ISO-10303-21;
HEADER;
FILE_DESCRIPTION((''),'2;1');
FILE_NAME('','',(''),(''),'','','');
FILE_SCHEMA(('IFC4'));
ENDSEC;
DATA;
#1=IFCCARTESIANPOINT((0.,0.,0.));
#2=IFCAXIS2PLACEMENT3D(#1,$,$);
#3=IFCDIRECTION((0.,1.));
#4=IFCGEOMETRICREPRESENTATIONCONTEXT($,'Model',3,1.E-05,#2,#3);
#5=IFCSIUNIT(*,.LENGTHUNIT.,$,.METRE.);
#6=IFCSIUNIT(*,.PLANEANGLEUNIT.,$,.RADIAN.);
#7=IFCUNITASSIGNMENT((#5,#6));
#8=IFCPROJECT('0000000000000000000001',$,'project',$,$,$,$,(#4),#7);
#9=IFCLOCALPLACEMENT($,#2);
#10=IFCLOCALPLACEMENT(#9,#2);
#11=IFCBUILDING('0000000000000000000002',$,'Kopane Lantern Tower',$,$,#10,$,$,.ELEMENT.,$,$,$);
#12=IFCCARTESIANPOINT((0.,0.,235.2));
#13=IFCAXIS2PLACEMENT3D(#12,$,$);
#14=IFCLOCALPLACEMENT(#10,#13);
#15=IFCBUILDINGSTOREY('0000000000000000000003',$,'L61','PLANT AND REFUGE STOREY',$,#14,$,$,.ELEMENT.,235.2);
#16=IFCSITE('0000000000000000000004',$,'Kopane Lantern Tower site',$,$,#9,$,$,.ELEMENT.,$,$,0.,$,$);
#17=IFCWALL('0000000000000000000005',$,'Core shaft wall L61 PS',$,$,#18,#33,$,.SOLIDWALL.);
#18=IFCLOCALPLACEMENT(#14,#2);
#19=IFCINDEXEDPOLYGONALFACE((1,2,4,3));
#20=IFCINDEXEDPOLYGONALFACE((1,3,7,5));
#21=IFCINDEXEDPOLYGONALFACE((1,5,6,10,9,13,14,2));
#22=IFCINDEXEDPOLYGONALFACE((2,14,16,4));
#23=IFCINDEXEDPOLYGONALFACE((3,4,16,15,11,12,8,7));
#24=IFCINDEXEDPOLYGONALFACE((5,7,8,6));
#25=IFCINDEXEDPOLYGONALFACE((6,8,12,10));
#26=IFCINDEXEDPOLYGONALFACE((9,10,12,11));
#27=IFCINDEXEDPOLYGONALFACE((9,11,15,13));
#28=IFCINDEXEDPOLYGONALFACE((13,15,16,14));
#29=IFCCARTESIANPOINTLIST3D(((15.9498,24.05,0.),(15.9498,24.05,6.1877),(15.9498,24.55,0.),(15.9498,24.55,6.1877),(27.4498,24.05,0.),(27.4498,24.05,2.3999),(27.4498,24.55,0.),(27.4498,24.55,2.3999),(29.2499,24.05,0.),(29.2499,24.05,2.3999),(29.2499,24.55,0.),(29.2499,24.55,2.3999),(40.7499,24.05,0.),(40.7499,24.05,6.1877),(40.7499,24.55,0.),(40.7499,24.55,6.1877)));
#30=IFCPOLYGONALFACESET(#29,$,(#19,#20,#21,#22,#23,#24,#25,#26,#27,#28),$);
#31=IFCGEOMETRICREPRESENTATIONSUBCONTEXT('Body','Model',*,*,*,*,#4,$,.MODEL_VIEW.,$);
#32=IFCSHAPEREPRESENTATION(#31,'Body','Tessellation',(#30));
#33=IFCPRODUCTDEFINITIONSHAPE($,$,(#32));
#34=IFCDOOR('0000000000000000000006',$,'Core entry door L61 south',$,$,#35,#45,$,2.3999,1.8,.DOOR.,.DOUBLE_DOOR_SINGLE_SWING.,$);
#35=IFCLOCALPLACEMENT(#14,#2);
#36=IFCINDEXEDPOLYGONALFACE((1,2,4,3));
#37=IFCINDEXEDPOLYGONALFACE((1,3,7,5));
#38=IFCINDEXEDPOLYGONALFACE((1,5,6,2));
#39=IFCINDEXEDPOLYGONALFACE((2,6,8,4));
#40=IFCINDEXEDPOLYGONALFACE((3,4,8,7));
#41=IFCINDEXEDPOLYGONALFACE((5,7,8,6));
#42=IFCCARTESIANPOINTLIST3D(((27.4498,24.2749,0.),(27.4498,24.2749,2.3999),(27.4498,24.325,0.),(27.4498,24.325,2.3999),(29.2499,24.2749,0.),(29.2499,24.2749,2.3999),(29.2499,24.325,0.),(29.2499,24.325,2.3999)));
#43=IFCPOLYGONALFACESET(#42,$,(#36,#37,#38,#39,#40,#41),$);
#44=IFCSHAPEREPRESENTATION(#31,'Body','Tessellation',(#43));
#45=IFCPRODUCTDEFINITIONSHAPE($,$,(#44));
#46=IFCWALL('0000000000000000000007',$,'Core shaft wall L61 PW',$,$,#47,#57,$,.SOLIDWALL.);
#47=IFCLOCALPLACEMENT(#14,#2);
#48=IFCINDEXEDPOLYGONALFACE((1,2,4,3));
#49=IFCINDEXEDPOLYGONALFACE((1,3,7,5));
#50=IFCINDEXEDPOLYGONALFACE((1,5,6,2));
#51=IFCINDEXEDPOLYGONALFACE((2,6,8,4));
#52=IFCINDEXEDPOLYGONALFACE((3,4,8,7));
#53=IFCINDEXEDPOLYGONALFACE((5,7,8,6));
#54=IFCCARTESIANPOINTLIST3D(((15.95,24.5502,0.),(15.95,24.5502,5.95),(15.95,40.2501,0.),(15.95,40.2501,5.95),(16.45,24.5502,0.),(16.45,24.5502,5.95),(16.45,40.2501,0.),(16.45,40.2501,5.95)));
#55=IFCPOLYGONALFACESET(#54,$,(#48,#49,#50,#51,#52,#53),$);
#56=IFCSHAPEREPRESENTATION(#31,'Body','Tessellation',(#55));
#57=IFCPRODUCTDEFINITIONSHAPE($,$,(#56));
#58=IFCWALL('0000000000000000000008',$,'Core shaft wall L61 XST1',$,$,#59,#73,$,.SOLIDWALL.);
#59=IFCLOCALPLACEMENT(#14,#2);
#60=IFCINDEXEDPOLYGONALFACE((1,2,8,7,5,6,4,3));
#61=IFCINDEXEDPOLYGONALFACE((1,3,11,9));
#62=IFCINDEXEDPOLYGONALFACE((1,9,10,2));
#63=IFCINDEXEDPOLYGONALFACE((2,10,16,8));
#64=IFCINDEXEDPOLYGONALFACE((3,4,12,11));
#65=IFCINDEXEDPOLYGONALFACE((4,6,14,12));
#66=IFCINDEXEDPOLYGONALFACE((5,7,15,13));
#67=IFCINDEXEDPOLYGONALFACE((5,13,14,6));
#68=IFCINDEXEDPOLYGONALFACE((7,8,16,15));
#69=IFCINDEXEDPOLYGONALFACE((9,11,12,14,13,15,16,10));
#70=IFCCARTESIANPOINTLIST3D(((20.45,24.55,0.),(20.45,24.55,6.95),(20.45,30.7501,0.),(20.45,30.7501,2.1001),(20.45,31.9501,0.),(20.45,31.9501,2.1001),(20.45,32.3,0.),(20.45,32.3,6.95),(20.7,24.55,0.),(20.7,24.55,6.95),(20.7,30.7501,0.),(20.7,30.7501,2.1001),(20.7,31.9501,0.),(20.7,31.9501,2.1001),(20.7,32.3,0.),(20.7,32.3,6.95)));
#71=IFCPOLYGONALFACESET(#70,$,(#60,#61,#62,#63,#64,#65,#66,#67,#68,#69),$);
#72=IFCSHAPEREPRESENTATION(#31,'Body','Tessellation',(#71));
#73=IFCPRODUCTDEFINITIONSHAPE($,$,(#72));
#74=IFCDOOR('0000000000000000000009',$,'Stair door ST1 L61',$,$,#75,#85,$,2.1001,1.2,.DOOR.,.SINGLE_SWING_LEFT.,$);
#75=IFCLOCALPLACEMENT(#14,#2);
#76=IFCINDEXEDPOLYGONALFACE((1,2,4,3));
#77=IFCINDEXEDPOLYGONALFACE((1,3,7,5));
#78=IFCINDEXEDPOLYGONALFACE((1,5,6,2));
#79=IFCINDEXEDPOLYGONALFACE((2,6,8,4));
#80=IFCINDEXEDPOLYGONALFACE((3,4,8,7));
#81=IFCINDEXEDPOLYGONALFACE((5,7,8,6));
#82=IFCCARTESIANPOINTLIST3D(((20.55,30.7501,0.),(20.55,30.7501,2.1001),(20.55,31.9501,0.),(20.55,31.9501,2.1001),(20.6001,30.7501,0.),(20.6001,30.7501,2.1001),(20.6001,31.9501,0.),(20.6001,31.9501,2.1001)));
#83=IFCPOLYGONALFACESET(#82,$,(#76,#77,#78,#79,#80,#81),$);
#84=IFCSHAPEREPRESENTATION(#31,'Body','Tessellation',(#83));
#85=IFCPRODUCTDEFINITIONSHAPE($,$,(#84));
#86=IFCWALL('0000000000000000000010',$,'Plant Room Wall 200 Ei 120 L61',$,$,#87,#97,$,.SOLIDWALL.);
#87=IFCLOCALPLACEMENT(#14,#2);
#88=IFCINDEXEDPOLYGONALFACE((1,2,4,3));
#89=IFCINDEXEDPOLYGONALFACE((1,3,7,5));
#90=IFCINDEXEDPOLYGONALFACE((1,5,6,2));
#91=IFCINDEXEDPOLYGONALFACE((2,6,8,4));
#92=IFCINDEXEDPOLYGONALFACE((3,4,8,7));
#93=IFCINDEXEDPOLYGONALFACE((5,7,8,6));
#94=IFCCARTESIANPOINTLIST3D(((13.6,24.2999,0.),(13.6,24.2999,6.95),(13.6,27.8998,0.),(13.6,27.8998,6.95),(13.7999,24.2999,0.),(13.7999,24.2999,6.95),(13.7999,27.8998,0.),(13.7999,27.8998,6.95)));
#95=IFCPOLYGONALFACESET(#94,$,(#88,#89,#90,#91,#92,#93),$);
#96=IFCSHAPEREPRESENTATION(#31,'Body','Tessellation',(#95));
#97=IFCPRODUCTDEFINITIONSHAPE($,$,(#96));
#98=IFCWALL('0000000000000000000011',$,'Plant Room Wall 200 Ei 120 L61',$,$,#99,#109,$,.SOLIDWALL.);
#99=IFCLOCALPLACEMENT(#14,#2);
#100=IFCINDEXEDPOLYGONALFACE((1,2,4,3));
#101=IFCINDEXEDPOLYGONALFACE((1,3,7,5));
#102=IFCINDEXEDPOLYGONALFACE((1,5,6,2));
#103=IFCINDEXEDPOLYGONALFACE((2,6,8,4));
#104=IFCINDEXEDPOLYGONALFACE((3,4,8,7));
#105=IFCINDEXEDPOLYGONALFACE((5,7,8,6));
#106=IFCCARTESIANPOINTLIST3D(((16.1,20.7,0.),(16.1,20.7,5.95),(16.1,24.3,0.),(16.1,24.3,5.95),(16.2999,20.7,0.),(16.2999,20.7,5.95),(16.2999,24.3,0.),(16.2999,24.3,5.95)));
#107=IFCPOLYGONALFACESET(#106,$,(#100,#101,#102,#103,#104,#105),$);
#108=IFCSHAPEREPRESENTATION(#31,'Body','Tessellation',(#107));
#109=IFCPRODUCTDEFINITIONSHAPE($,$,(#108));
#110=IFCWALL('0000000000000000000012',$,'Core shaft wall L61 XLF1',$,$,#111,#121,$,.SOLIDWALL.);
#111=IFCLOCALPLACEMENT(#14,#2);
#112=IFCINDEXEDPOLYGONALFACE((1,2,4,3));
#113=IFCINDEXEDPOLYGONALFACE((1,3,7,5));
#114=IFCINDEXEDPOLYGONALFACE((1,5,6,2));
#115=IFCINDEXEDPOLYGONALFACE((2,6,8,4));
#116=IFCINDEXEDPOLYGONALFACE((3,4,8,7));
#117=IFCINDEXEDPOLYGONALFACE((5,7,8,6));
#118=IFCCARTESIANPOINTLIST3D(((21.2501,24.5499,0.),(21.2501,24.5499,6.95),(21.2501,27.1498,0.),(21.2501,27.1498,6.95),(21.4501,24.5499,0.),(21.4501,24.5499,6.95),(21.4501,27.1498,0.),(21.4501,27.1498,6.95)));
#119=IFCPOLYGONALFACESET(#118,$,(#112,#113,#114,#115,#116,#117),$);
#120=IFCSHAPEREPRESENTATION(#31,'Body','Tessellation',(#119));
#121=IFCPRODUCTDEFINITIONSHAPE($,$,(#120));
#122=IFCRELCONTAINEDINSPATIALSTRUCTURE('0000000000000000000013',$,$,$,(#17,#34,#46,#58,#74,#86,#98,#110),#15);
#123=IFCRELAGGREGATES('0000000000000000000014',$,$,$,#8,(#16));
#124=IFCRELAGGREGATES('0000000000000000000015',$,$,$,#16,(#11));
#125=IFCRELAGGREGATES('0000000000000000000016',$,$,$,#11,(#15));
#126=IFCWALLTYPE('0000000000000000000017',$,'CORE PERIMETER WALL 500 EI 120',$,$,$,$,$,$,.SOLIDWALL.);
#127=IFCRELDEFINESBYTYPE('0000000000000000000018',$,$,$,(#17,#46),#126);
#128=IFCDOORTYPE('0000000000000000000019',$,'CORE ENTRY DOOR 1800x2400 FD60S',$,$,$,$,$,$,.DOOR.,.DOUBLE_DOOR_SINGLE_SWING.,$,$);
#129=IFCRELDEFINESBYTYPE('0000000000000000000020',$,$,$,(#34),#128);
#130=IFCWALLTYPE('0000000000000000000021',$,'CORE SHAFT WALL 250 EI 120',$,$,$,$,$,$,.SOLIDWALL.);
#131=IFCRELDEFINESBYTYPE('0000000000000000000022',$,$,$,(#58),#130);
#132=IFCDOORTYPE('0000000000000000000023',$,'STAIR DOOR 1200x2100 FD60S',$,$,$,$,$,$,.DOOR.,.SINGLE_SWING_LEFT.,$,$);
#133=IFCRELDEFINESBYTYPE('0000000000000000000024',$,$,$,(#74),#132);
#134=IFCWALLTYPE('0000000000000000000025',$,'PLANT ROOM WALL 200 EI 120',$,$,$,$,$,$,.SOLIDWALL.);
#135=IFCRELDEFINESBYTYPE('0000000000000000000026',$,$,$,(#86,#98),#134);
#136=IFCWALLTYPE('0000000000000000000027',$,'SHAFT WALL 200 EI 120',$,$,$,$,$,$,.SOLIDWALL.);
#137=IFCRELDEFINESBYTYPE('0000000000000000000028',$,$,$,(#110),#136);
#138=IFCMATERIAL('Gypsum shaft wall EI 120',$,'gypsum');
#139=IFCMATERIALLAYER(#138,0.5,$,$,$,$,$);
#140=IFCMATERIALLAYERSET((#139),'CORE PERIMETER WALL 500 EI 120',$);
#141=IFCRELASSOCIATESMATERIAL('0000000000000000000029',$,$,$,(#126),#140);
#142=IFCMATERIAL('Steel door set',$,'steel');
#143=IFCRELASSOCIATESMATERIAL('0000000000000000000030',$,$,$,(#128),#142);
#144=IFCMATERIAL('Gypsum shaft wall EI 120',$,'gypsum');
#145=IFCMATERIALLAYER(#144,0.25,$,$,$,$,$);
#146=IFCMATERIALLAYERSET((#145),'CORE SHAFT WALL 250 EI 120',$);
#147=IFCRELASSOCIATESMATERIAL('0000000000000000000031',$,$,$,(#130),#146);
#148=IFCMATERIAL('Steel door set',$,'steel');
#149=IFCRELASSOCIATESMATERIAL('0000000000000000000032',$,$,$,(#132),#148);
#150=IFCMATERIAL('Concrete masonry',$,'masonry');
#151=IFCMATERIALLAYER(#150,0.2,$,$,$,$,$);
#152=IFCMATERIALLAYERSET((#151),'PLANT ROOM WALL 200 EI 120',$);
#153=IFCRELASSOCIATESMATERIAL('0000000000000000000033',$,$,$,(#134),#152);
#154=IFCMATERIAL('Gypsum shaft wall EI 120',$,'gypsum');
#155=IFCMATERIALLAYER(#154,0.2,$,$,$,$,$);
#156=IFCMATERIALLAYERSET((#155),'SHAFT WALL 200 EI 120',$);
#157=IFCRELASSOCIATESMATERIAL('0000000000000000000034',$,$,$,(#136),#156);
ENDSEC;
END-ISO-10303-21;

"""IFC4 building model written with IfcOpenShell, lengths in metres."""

from ifc_helpers import new_model, si_unit, direction, frame, frame_2d, origin, place, context, subcontext, project, spatial, rectangle, extrude, material, layer, layer_set, type_object, element, fill, save


model = new_model("IFC4")

# Units and contexts
model_context = context("Model", 3, precision=1e-05, world=origin(), true_north=direction((0.0, 1.0)))
body_context = subcontext(model_context, "Body", "Model", "MODEL_VIEW")
ifc_project = project(units=[si_unit("LENGTHUNIT", "METRE"), si_unit("PLANEANGLEUNIT", "RADIAN")], contexts=[model_context])

# Site, building, storey
site_placement = place(None, origin())
site = spatial("IfcSite", under=ifc_project, at=site_placement, Name="Kopane Lantern Tower site", CompositionType="ELEMENT", RefElevation=0.0)
building_placement = place(site_placement, origin())
building = spatial("IfcBuilding", under=site, at=building_placement, Name="Kopane Lantern Tower", CompositionType="ELEMENT")
storey_placement = place(building_placement, frame((0.0, 0.0, 235.2)))
storey = spatial("IfcBuildingStorey", under=building, at=storey_placement, Name="L61", Description="PLANT AND REFUGE STOREY", CompositionType="ELEMENT", Elevation=235.2)

# Wall, opening, door
ifc_material_1 = material(Name="Gypsum shaft wall EI 120", Category="gypsum")
ifc_layer_1 = layer(ifc_material_1, 0.5)
ifc_layer_set_1 = layer_set([ifc_layer_1], Name="CORE PERIMETER WALL 500 EI 120")
wall_type_1 = type_object("IfcWallType", Name="CORE PERIMETER WALL 500 EI 120", PredefinedType="SOLIDWALL", material=ifc_layer_set_1)
wall_1_placement = place(storey_placement, frame((15.95, 24.3, 0.0), z_axis=(0.0, 0.0, 1.0), x_axis=(1.0, 0.0, 0.0)))
wall_1 = element("IfcWall", 1, at=wall_1_placement, inside=storey, type_object=wall_type_1, Name="Core shaft wall L61 PS", PredefinedType="SOLIDWALL", context=body_context, shape_type="SweptSolid", body=[
    extrude(rectangle(XDim=24.8, YDim=0.5, at=frame_2d((12.3999, 0.0))), origin(), (0.0, 0.0, 1.0), 6.1877),
])
opening_1_placement = place(wall_1_placement, frame((11.5, 0.0, 0.0)))
opening_1 = element("IfcOpeningElement", 2, at=opening_1_placement, cuts=wall_1, PredefinedType="OPENING", context=body_context, shape_type="SweptSolid", body=[
    extrude(rectangle(XDim=1.8, YDim=2.3999, at=frame_2d((0.8999, 1.2))), frame((0.0, 0.26, 0.0), z_axis=(0.0, -1.0, 0.0), x_axis=(1.0, 0.0, 0.0)), (0.0, 0.0, 1.0), 0.52),
])
ifc_material_2 = material(Name="Steel door set", Category="steel")
door_type_1 = type_object("IfcDoorType", Name="CORE ENTRY DOOR 1800x2400 FD60S", OperationType="DOUBLE_DOOR_SINGLE_SWING", PredefinedType="DOOR", material=ifc_material_2)
door_1_placement = place(opening_1_placement, origin())
door_1 = element("IfcDoor", 3, at=door_1_placement, inside=storey, type_object=door_type_1, Name="Core entry door L61 south", OperationType="DOUBLE_DOOR_SINGLE_SWING", OverallHeight=2.3999, OverallWidth=1.8, PredefinedType="DOOR", context=body_context, shape_type="SweptSolid", body=[
    extrude(rectangle(XDim=1.8, YDim=2.3999, at=frame_2d((0.8999, 1.2))), frame((0.0, 0.0249, 0.0), z_axis=(0.0, -1.0, 0.0), x_axis=(1.0, 0.0, 0.0)), (0.0, 0.0, 1.0), 0.05),
])
fill(opening_1, door_1)

# Wall
wall_2_placement = place(storey_placement, frame((16.2, 24.55, 0.0), z_axis=(0.0, 0.0, 1.0), x_axis=(0.0, 1.0, 0.0)))
element("IfcWall", 4, at=wall_2_placement, inside=storey, type_object=wall_type_1, Name="Core shaft wall L61 PW", PredefinedType="SOLIDWALL", context=body_context, shape_type="SweptSolid", body=[
    extrude(rectangle(XDim=15.7, YDim=0.5, at=frame_2d((7.8501, 0.0))), origin(), (0.0, 0.0, 1.0), 5.95),
])

# Wall, opening, door
ifc_material_3 = material(Name="Gypsum shaft wall EI 120", Category="gypsum")
ifc_layer_2 = layer(ifc_material_3, 0.25)
ifc_layer_set_2 = layer_set([ifc_layer_2], Name="CORE SHAFT WALL 250 EI 120")
wall_type_2 = type_object("IfcWallType", Name="CORE SHAFT WALL 250 EI 120", PredefinedType="SOLIDWALL", material=ifc_layer_set_2)
wall_3_placement = place(storey_placement, frame((20.575, 24.55, 0.0), z_axis=(0.0, 0.0, 1.0), x_axis=(0.0, 1.0, 0.0)))
wall_3 = element("IfcWall", 5, at=wall_3_placement, inside=storey, type_object=wall_type_2, Name="Core shaft wall L61 XST1", PredefinedType="SOLIDWALL", context=body_context, shape_type="SweptSolid", body=[
    extrude(rectangle(XDim=7.75, YDim=0.25, at=frame_2d((3.875, 0.0))), origin(), (0.0, 0.0, 1.0), 6.95),
])
opening_2_placement = place(wall_3_placement, frame((6.2, 0.0, 0.0)))
opening_2 = element("IfcOpeningElement", 6, at=opening_2_placement, cuts=wall_3, PredefinedType="OPENING", context=body_context, shape_type="SweptSolid", body=[
    extrude(rectangle(XDim=1.2, YDim=2.1001, at=frame_2d((0.6001, 1.05))), frame((0.0, 0.135, 0.0), z_axis=(0.0, -1.0, 0.0), x_axis=(1.0, 0.0, 0.0)), (0.0, 0.0, 1.0), 0.27),
])
ifc_material_4 = material(Name="Steel door set", Category="steel")
door_type_2 = type_object("IfcDoorType", Name="STAIR DOOR 1200x2100 FD60S", OperationType="SINGLE_SWING_LEFT", PredefinedType="DOOR", material=ifc_material_4)
door_2_placement = place(opening_2_placement, origin())
door_2 = element("IfcDoor", 7, at=door_2_placement, inside=storey, type_object=door_type_2, Name="Stair door ST1 L61", OperationType="SINGLE_SWING_LEFT", OverallHeight=2.1001, OverallWidth=1.2, PredefinedType="DOOR", context=body_context, shape_type="SweptSolid", body=[
    extrude(rectangle(XDim=1.2, YDim=2.1001, at=frame_2d((0.6001, 1.05))), frame((0.0, 0.0249, 0.0), z_axis=(0.0, -1.0, 0.0), x_axis=(1.0, 0.0, 0.0)), (0.0, 0.0, 1.0), 0.05),
])
fill(opening_2, door_2)

# Walls
ifc_material_5 = material(Name="Concrete masonry", Category="masonry")
ifc_layer_3 = layer(ifc_material_5, 0.2)
ifc_layer_set_3 = layer_set([ifc_layer_3], Name="PLANT ROOM WALL 200 EI 120")
wall_type_3 = type_object("IfcWallType", Name="PLANT ROOM WALL 200 EI 120", PredefinedType="SOLIDWALL", material=ifc_layer_set_3)
wall_4_placement = place(storey_placement, frame((13.7, 24.3, 0.0), z_axis=(0.0, 0.0, 1.0), x_axis=(0.0, 1.0, 0.0)))
element("IfcWall", 8, at=wall_4_placement, inside=storey, type_object=wall_type_3, Name="Plant Room Wall 200 Ei 120 L61", PredefinedType="SOLIDWALL", context=body_context, shape_type="SweptSolid", body=[
    extrude(rectangle(XDim=3.5999, YDim=0.2, at=frame_2d((1.7998, 0.0))), origin(), (0.0, 0.0, 1.0), 6.95),
])
wall_5_placement = place(storey_placement, frame((16.2, 20.7, 0.0), z_axis=(0.0, 0.0, 1.0), x_axis=(0.0, 1.0, 0.0)))
element("IfcWall", 9, at=wall_5_placement, inside=storey, type_object=wall_type_3, Name="Plant Room Wall 200 Ei 120 L61", PredefinedType="SOLIDWALL", context=body_context, shape_type="SweptSolid", body=[
    extrude(rectangle(XDim=3.6001, YDim=0.2, at=frame_2d((1.8, 0.0))), origin(), (0.0, 0.0, 1.0), 5.95),
])
ifc_material_6 = material(Name="Gypsum shaft wall EI 120", Category="gypsum")
ifc_layer_4 = layer(ifc_material_6, 0.2)
ifc_layer_set_4 = layer_set([ifc_layer_4], Name="SHAFT WALL 200 EI 120")
wall_type_4 = type_object("IfcWallType", Name="SHAFT WALL 200 EI 120", PredefinedType="SOLIDWALL", material=ifc_layer_set_4)
wall_6_placement = place(storey_placement, frame((21.3501, 24.55, 0.0), z_axis=(0.0, 0.0, 1.0), x_axis=(0.0, 1.0, 0.0)))
element("IfcWall", 10, at=wall_6_placement, inside=storey, type_object=wall_type_4, Name="Core shaft wall L61 XLF1", PredefinedType="SOLIDWALL", context=body_context, shape_type="SweptSolid", body=[
    extrude(rectangle(XDim=2.5999, YDim=0.2, at=frame_2d((1.2998, 0.0))), origin(), (0.0, 0.0, 1.0), 6.95),
])

save(model, "model.ifc")
